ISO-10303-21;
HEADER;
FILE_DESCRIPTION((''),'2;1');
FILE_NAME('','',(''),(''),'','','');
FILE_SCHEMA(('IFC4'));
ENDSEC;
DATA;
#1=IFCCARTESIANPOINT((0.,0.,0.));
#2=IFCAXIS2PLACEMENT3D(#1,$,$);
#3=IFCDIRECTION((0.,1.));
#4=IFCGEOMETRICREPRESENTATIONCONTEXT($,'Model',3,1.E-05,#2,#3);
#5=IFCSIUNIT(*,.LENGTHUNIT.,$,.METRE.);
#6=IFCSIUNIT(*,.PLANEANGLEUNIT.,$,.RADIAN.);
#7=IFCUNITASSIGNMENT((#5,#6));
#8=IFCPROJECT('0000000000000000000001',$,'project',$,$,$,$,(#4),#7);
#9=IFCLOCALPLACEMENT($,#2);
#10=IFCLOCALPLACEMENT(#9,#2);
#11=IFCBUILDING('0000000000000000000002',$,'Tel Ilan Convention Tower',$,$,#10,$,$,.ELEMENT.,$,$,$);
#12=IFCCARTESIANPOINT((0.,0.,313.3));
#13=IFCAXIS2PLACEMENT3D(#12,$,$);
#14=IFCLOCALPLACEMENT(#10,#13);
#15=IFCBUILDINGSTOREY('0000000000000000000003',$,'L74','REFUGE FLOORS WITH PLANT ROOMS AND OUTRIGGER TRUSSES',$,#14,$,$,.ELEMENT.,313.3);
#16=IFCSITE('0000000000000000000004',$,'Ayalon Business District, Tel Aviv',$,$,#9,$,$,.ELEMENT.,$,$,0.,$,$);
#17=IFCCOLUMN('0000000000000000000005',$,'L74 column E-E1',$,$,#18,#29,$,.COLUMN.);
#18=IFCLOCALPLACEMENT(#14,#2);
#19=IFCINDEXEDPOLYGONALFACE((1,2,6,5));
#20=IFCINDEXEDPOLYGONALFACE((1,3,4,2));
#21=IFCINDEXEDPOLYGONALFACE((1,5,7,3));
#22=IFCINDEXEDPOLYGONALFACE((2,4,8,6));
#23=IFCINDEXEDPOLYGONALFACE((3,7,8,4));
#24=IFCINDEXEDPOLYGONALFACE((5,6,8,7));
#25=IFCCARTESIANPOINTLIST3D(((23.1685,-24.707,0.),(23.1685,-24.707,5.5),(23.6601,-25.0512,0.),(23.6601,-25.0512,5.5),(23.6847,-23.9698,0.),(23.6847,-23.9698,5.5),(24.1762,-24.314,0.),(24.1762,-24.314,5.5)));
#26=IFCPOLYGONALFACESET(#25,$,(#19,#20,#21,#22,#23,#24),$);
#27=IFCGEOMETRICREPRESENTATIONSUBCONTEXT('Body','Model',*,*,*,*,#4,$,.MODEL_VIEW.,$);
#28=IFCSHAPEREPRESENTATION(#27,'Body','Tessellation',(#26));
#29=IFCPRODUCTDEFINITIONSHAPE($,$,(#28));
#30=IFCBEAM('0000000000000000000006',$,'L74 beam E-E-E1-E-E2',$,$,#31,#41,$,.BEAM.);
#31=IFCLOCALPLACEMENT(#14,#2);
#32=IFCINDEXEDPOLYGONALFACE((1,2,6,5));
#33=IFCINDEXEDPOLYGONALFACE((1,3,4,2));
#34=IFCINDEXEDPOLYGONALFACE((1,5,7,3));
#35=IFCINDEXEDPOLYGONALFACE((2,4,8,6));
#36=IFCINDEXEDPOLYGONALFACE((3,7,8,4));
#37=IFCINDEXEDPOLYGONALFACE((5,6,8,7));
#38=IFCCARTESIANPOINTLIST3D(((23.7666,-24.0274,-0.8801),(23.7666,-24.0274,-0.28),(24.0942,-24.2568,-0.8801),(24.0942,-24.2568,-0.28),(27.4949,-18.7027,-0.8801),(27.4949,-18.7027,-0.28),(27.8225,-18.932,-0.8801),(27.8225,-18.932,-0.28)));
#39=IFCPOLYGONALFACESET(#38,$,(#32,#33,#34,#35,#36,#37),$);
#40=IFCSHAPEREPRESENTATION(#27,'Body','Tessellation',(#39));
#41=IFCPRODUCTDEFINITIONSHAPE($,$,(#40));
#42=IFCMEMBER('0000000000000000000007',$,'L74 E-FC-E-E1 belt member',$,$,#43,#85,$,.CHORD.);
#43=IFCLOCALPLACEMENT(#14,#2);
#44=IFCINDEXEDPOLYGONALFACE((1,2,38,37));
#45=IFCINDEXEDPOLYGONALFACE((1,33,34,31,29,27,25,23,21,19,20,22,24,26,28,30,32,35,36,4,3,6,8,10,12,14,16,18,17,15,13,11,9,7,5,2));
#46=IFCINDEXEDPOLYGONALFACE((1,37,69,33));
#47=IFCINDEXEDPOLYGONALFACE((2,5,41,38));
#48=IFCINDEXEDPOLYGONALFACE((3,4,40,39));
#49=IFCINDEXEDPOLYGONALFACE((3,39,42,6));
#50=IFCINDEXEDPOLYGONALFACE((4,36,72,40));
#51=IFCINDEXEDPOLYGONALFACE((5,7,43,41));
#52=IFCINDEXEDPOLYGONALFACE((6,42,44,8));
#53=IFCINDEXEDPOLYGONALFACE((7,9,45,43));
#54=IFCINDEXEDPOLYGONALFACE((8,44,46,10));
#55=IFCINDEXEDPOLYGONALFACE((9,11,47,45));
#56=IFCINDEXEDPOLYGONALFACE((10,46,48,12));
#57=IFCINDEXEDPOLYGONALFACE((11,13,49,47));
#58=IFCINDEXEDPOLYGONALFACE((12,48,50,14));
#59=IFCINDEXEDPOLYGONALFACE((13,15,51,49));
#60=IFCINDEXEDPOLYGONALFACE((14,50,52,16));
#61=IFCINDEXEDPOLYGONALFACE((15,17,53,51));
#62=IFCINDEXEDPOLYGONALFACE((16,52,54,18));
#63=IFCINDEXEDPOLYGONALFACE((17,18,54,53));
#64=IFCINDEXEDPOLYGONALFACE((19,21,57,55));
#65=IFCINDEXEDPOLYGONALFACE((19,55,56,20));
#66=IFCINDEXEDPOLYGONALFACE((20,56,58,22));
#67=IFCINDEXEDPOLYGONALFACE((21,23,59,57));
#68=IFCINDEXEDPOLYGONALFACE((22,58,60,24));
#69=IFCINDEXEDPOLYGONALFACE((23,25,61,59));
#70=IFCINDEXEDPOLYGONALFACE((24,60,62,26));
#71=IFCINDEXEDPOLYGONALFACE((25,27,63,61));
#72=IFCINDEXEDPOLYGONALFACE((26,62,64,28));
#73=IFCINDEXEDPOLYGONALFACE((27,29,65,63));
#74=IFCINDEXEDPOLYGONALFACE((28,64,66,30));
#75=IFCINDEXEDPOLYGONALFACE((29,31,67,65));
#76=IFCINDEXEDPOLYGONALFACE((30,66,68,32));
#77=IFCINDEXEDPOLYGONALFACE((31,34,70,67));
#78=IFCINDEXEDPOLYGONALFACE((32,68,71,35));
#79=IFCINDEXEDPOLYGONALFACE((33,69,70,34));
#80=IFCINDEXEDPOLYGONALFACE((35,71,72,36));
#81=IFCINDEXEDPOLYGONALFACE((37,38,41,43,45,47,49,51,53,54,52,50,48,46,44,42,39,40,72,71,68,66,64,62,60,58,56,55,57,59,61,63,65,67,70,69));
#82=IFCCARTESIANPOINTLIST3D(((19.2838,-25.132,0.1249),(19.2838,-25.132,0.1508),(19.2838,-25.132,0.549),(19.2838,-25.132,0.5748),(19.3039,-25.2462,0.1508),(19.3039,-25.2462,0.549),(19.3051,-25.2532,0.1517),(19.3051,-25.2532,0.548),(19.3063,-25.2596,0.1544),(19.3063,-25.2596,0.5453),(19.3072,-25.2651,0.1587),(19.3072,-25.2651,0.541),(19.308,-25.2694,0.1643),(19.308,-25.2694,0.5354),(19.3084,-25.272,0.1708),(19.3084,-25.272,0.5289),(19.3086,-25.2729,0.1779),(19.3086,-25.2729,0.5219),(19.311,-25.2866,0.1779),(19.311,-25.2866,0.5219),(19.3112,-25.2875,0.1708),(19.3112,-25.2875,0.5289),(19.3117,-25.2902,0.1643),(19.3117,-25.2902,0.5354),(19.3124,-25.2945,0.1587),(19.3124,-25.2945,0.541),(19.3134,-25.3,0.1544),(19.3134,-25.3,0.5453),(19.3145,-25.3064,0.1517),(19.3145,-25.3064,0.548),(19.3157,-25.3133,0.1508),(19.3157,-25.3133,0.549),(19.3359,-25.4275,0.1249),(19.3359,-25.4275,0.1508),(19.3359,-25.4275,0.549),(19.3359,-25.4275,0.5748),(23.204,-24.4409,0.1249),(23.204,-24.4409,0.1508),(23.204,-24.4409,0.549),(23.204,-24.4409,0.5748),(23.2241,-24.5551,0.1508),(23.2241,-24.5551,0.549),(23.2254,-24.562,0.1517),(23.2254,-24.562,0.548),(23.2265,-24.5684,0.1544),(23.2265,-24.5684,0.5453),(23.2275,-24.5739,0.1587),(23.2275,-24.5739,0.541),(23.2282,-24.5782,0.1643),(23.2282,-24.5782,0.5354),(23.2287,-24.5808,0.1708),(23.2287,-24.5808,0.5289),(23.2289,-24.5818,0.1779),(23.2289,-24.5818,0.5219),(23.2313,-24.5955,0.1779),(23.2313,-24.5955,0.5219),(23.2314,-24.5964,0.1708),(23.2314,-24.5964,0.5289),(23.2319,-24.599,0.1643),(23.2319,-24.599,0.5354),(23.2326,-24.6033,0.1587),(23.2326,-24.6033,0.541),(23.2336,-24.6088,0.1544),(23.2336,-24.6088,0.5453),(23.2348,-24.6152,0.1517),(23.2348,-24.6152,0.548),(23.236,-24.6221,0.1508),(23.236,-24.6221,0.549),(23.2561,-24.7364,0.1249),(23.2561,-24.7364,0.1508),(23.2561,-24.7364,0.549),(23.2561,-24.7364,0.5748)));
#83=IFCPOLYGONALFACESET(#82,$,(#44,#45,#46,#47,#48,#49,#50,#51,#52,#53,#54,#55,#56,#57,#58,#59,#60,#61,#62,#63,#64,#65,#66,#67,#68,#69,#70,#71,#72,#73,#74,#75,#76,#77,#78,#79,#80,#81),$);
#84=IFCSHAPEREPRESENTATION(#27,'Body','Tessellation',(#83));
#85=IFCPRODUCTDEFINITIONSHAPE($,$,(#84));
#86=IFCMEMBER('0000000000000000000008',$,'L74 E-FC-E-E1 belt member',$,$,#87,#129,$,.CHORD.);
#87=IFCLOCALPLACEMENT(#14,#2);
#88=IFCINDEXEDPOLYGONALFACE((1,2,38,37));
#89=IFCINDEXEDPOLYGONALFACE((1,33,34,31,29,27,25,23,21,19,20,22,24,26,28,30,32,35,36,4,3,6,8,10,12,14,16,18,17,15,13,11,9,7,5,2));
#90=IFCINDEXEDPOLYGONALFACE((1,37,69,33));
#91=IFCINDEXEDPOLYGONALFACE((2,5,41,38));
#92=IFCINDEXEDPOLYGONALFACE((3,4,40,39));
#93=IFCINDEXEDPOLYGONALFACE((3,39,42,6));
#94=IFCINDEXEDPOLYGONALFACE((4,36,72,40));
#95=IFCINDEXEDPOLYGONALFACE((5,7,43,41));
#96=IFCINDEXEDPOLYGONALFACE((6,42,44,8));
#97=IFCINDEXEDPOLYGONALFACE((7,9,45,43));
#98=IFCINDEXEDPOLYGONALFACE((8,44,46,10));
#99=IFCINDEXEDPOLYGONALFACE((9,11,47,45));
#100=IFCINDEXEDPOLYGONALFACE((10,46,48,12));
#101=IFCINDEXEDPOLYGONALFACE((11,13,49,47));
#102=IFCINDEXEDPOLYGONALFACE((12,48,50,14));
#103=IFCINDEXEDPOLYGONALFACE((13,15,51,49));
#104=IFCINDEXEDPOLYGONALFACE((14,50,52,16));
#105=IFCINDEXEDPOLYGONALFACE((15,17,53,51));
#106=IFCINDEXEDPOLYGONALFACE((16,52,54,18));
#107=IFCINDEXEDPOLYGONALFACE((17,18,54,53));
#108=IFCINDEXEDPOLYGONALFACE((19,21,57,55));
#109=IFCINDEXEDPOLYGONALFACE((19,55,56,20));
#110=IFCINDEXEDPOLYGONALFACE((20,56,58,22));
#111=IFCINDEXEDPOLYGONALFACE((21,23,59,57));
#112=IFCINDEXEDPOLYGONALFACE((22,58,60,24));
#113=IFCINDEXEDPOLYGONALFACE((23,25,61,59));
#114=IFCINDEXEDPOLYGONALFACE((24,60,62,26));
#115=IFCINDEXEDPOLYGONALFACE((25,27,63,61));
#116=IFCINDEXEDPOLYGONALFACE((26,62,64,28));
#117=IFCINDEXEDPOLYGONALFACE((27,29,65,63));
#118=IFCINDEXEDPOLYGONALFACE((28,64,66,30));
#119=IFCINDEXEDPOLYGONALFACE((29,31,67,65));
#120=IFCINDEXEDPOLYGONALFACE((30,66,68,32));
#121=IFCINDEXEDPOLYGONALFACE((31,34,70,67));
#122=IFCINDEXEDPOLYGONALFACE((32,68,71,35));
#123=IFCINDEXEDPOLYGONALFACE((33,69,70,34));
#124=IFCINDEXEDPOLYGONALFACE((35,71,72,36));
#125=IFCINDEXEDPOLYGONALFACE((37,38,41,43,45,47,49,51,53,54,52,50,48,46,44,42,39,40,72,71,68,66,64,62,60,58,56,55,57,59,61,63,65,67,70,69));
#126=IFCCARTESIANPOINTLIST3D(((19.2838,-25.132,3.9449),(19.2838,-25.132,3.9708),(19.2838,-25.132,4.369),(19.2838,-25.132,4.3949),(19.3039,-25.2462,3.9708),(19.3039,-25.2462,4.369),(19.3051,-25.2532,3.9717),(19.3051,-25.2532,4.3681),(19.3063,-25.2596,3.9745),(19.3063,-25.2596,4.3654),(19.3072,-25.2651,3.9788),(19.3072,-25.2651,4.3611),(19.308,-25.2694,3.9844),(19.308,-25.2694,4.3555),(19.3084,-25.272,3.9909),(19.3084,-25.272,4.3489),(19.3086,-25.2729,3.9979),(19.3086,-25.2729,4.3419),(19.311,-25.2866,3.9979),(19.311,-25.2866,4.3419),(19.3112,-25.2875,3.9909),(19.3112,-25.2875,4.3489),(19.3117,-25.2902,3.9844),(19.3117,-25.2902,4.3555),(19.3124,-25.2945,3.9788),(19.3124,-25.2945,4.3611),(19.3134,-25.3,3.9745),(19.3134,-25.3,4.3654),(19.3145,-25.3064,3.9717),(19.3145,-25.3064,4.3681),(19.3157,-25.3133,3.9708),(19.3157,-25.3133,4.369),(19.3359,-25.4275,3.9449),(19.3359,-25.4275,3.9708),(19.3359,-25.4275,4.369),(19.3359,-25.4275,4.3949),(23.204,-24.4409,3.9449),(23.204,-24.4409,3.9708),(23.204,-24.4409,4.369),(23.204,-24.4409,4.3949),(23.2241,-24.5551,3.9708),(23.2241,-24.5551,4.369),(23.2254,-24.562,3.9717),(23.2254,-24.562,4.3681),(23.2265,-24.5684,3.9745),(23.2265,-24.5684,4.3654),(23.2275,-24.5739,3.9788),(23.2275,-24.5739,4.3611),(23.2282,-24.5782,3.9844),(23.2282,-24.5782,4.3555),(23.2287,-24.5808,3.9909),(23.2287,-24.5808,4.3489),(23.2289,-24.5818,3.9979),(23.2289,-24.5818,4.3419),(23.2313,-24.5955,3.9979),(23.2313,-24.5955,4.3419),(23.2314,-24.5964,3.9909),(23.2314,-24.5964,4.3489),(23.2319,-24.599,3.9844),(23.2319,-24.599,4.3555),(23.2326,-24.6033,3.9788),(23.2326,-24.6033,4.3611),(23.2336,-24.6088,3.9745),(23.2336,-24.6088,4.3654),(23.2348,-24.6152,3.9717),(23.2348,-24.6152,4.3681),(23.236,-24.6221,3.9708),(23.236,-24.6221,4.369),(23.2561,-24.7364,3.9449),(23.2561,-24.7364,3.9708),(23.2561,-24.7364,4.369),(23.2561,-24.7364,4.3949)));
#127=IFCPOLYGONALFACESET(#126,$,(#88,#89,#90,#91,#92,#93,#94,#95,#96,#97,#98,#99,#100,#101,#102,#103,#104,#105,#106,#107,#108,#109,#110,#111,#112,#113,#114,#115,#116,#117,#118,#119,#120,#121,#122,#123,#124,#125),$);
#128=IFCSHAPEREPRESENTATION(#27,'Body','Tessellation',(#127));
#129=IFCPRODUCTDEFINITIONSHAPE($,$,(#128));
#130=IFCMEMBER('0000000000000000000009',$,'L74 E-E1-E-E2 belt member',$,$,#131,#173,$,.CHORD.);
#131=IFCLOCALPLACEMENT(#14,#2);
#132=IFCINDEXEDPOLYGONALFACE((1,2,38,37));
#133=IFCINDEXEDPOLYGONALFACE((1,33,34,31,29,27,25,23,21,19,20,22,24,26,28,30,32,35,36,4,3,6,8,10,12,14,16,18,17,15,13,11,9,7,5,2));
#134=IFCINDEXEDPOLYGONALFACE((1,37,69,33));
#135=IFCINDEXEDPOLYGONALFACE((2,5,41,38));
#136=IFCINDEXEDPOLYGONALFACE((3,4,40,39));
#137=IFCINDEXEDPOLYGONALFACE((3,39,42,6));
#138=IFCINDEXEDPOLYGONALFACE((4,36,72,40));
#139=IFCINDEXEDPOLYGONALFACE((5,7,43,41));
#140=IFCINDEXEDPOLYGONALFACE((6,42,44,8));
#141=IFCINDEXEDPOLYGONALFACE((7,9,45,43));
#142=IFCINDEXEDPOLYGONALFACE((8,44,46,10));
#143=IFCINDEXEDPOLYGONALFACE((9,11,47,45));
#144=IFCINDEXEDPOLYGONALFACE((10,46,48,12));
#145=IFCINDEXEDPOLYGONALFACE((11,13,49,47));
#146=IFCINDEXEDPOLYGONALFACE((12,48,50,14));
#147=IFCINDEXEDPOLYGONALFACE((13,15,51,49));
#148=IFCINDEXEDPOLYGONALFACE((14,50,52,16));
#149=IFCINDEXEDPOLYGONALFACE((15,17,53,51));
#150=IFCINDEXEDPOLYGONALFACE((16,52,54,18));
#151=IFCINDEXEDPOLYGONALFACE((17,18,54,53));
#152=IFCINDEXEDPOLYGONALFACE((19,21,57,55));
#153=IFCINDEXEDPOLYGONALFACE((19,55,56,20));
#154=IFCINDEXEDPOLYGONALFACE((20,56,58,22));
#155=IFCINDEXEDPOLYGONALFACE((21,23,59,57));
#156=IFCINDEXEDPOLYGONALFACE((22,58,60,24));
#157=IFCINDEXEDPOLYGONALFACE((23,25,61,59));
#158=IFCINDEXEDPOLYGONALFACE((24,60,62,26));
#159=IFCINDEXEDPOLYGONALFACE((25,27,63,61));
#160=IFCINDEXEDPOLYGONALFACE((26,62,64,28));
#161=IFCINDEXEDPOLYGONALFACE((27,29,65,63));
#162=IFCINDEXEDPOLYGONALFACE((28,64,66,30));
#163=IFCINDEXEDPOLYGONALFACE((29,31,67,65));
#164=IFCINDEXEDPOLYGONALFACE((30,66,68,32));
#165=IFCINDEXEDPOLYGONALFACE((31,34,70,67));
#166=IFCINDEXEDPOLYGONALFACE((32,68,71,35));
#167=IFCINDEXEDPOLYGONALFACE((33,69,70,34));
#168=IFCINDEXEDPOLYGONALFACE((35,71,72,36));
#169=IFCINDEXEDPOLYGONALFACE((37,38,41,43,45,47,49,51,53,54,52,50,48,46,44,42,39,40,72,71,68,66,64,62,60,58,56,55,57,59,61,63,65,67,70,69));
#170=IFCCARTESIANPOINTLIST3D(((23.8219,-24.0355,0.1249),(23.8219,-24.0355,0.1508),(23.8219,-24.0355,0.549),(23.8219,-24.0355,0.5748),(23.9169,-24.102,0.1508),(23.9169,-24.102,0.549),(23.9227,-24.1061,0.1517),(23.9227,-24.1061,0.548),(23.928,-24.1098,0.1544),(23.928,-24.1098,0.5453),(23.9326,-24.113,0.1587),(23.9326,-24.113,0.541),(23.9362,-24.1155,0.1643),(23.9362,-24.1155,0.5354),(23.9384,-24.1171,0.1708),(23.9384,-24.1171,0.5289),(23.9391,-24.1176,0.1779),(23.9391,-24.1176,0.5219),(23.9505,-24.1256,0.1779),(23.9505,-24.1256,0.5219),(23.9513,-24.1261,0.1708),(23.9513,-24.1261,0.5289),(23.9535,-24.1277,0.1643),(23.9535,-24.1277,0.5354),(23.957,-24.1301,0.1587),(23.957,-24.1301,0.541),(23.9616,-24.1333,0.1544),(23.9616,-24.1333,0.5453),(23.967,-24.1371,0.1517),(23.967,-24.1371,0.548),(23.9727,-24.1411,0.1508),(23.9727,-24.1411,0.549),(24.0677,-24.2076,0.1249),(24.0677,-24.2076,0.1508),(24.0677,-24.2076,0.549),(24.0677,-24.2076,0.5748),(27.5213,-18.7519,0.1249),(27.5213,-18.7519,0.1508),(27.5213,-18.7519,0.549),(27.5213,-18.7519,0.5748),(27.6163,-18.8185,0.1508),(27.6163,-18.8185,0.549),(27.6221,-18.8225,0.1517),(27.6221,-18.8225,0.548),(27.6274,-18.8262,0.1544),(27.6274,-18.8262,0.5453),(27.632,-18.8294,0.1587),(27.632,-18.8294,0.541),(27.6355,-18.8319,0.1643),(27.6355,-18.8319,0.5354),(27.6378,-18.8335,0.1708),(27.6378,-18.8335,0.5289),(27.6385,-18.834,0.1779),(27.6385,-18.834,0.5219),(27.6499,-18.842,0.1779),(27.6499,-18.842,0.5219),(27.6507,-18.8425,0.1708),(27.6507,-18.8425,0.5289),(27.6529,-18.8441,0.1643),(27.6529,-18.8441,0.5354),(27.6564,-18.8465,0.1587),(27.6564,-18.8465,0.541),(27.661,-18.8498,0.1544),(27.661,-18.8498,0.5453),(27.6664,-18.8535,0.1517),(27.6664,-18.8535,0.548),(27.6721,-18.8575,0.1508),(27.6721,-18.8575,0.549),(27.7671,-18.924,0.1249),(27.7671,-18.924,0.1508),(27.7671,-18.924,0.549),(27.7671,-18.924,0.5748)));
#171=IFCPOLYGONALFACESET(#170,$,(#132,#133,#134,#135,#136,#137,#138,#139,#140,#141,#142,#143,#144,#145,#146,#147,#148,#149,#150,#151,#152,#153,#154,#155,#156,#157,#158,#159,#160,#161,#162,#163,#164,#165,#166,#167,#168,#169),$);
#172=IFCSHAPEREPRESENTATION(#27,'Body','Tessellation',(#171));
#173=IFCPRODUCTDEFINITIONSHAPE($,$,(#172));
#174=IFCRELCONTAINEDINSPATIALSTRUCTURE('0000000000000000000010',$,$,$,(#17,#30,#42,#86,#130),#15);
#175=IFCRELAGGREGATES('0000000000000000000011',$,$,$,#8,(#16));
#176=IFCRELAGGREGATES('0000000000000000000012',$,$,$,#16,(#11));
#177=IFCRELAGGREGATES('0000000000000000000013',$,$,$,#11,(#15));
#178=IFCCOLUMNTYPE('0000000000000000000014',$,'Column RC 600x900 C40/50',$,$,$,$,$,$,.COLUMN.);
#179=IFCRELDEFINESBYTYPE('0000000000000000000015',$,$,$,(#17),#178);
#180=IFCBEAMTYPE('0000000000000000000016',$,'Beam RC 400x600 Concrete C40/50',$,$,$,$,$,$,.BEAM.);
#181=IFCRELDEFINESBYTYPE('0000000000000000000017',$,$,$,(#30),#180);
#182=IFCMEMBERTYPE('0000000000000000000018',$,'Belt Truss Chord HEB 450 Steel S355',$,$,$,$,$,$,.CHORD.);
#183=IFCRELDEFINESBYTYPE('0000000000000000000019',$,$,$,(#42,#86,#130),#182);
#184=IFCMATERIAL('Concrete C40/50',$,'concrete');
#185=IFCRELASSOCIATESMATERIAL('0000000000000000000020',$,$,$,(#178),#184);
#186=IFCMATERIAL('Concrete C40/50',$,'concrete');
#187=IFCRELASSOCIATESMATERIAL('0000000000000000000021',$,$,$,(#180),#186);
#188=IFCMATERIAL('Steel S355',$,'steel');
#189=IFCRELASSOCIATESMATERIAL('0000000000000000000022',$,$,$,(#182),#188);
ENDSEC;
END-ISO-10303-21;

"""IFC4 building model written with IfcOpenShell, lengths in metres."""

from ifc_helpers import new_model, si_unit, direction, frame, origin, origin_2d, place, context, subcontext, project, spatial, rectangle, i_section, extrude, material, material_profile, profile_set, type_object, element, save


model = new_model("IFC4")

# Units and contexts
model_context = context("Model", 3, precision=1e-05, world=origin(), true_north=direction((0.0, 1.0)))
body_context = subcontext(model_context, "Body", "Model", "MODEL_VIEW")
ifc_project = project(units=[si_unit("LENGTHUNIT", "METRE"), si_unit("PLANEANGLEUNIT", "RADIAN")], contexts=[model_context])

# Site, building, storey
site_placement = place(None, origin())
site = spatial("IfcSite", under=ifc_project, at=site_placement, Name="Ayalon Business District, Tel Aviv", CompositionType="ELEMENT", RefElevation=0.0)
building_placement = place(site_placement, origin())
building = spatial("IfcBuilding", under=site, at=building_placement, Name="Tel Ilan Convention Tower", CompositionType="ELEMENT")
storey_placement = place(building_placement, frame((0.0, 0.0, 313.3)))
storey = spatial("IfcBuildingStorey", under=building, at=storey_placement, Name="L74", Description="REFUGE FLOORS WITH PLANT ROOMS AND OUTRIGGER TRUSSES", CompositionType="ELEMENT", Elevation=313.3)

# Column
ifc_material_1 = material(Name="Concrete C40/50", Category="concrete")
ifc_material_profile_1 = material_profile(ifc_material_1, rectangle(XDim=0.8999, YDim=0.6001, at=origin_2d()), Name="RC 600x900")
ifc_profile_set_1 = profile_set([ifc_material_profile_1], Name="Concrete C40/50")
column_type = type_object("IfcColumnType", Name="Column RC 600x900 C40/50", PredefinedType="COLUMN", material=ifc_profile_set_1)
column_placement = place(storey_placement, frame((23.6724, -24.5105, 0.0), z_axis=(0.0, 0.0, 1.0), x_axis=(0.573576, 0.819152, 0.0)))
element("IfcColumn", 1, at=column_placement, inside=storey, type_object=column_type, Name="L74 column E-E1", PredefinedType="COLUMN", context=body_context, shape_type="SweptSolid", body=[
    extrude(rectangle(XDim=0.8999, YDim=0.6001, at=origin_2d()), origin(), (0.0, 0.0, 1.0), 5.5),
])

# Beam
ifc_material_2 = material(Name="Concrete C40/50", Category="concrete")
ifc_material_profile_2 = material_profile(ifc_material_2, rectangle(XDim=0.3999, YDim=0.6001, at=origin_2d()), Name="RC 400x600")
ifc_profile_set_2 = profile_set([ifc_material_profile_2], Name="Concrete C40/50")
beam_type = type_object("IfcBeamType", Name="Beam RC 400x600 Concrete C40/50", PredefinedType="BEAM", material=ifc_profile_set_2)
beam_placement = place(storey_placement, frame((23.9304, -24.1421, -0.5801), z_axis=(0.573563, 0.819161, 0.0), x_axis=(-0.819161, 0.573563, 0.0)))
element("IfcBeam", 2, at=beam_placement, inside=storey, type_object=beam_type, Name="L74 beam E-E-E1-E-E2", PredefinedType="BEAM", context=body_context, shape_type="SweptSolid", body=[
    extrude(rectangle(XDim=0.3999, YDim=0.6001, at=origin_2d()), origin(), (0.0, 0.0, 1.0), 6.5002),
])

# Members
ifc_material_3 = material(Name="Steel S355", Category="steel")
ifc_material_profile_3 = material_profile(ifc_material_3, i_section(OverallWidth=0.3, OverallDepth=0.45, WebThickness=0.0139, FlangeThickness=0.0259, FilletRadius=0.0271, at=origin_2d()), Name="HEB 450")
ifc_profile_set_3 = profile_set([ifc_material_profile_3], Name="Steel S355")
member_type_1 = type_object("IfcMemberType", Name="Belt Truss Chord HEB 450 Steel S355", PredefinedType="CHORD", material=ifc_profile_set_3)
for number, where, z_axis, x_axis, name in (
    (3, (19.3098, -25.2798, 0.3499), (0.984811, 0.173631, 0.0), (-0.173631, 0.984811, 0.0), "L74 E-FC-E-E1 belt member"),
    (4, (19.3098, -25.2798, 4.1699), (0.984811, 0.173631, 0.0), (-0.173631, 0.984811, 0.0), "L74 E-FC-E-E1 belt member"),
):
    element("IfcMember", number, at=place(storey_placement, frame(where, z_axis=z_axis, x_axis=x_axis)), inside=storey, type_object=member_type_1, Name=name, PredefinedType="CHORD", context=body_context, shape_type="SweptSolid", body=[
        extrude(i_section(OverallWidth=0.3, OverallDepth=0.45, WebThickness=0.0139, FlangeThickness=0.0259, FilletRadius=0.0271, at=origin_2d()), origin(), (0.0, 0.0, 1.0), 3.9807),
    ])
for number, where, z_axis, x_axis, name in (
    (5, (23.9448, -24.1216, 0.3499), (0.573554, 0.819168, 0.0), (-0.819168, 0.573554, 0.0), "L74 E-E1-E-E2 belt member"),
):
    element("IfcMember", number, at=place(storey_placement, frame(where, z_axis=z_axis, x_axis=x_axis)), inside=storey, type_object=member_type_1, Name=name, PredefinedType="CHORD", context=body_context, shape_type="SweptSolid", body=[
        extrude(i_section(OverallWidth=0.3, OverallDepth=0.45, WebThickness=0.0139, FlangeThickness=0.0259, FilletRadius=0.0271, at=origin_2d()), origin(), (0.0, 0.0, 1.0), 6.45),
    ])

save(model, "model.ifc")
